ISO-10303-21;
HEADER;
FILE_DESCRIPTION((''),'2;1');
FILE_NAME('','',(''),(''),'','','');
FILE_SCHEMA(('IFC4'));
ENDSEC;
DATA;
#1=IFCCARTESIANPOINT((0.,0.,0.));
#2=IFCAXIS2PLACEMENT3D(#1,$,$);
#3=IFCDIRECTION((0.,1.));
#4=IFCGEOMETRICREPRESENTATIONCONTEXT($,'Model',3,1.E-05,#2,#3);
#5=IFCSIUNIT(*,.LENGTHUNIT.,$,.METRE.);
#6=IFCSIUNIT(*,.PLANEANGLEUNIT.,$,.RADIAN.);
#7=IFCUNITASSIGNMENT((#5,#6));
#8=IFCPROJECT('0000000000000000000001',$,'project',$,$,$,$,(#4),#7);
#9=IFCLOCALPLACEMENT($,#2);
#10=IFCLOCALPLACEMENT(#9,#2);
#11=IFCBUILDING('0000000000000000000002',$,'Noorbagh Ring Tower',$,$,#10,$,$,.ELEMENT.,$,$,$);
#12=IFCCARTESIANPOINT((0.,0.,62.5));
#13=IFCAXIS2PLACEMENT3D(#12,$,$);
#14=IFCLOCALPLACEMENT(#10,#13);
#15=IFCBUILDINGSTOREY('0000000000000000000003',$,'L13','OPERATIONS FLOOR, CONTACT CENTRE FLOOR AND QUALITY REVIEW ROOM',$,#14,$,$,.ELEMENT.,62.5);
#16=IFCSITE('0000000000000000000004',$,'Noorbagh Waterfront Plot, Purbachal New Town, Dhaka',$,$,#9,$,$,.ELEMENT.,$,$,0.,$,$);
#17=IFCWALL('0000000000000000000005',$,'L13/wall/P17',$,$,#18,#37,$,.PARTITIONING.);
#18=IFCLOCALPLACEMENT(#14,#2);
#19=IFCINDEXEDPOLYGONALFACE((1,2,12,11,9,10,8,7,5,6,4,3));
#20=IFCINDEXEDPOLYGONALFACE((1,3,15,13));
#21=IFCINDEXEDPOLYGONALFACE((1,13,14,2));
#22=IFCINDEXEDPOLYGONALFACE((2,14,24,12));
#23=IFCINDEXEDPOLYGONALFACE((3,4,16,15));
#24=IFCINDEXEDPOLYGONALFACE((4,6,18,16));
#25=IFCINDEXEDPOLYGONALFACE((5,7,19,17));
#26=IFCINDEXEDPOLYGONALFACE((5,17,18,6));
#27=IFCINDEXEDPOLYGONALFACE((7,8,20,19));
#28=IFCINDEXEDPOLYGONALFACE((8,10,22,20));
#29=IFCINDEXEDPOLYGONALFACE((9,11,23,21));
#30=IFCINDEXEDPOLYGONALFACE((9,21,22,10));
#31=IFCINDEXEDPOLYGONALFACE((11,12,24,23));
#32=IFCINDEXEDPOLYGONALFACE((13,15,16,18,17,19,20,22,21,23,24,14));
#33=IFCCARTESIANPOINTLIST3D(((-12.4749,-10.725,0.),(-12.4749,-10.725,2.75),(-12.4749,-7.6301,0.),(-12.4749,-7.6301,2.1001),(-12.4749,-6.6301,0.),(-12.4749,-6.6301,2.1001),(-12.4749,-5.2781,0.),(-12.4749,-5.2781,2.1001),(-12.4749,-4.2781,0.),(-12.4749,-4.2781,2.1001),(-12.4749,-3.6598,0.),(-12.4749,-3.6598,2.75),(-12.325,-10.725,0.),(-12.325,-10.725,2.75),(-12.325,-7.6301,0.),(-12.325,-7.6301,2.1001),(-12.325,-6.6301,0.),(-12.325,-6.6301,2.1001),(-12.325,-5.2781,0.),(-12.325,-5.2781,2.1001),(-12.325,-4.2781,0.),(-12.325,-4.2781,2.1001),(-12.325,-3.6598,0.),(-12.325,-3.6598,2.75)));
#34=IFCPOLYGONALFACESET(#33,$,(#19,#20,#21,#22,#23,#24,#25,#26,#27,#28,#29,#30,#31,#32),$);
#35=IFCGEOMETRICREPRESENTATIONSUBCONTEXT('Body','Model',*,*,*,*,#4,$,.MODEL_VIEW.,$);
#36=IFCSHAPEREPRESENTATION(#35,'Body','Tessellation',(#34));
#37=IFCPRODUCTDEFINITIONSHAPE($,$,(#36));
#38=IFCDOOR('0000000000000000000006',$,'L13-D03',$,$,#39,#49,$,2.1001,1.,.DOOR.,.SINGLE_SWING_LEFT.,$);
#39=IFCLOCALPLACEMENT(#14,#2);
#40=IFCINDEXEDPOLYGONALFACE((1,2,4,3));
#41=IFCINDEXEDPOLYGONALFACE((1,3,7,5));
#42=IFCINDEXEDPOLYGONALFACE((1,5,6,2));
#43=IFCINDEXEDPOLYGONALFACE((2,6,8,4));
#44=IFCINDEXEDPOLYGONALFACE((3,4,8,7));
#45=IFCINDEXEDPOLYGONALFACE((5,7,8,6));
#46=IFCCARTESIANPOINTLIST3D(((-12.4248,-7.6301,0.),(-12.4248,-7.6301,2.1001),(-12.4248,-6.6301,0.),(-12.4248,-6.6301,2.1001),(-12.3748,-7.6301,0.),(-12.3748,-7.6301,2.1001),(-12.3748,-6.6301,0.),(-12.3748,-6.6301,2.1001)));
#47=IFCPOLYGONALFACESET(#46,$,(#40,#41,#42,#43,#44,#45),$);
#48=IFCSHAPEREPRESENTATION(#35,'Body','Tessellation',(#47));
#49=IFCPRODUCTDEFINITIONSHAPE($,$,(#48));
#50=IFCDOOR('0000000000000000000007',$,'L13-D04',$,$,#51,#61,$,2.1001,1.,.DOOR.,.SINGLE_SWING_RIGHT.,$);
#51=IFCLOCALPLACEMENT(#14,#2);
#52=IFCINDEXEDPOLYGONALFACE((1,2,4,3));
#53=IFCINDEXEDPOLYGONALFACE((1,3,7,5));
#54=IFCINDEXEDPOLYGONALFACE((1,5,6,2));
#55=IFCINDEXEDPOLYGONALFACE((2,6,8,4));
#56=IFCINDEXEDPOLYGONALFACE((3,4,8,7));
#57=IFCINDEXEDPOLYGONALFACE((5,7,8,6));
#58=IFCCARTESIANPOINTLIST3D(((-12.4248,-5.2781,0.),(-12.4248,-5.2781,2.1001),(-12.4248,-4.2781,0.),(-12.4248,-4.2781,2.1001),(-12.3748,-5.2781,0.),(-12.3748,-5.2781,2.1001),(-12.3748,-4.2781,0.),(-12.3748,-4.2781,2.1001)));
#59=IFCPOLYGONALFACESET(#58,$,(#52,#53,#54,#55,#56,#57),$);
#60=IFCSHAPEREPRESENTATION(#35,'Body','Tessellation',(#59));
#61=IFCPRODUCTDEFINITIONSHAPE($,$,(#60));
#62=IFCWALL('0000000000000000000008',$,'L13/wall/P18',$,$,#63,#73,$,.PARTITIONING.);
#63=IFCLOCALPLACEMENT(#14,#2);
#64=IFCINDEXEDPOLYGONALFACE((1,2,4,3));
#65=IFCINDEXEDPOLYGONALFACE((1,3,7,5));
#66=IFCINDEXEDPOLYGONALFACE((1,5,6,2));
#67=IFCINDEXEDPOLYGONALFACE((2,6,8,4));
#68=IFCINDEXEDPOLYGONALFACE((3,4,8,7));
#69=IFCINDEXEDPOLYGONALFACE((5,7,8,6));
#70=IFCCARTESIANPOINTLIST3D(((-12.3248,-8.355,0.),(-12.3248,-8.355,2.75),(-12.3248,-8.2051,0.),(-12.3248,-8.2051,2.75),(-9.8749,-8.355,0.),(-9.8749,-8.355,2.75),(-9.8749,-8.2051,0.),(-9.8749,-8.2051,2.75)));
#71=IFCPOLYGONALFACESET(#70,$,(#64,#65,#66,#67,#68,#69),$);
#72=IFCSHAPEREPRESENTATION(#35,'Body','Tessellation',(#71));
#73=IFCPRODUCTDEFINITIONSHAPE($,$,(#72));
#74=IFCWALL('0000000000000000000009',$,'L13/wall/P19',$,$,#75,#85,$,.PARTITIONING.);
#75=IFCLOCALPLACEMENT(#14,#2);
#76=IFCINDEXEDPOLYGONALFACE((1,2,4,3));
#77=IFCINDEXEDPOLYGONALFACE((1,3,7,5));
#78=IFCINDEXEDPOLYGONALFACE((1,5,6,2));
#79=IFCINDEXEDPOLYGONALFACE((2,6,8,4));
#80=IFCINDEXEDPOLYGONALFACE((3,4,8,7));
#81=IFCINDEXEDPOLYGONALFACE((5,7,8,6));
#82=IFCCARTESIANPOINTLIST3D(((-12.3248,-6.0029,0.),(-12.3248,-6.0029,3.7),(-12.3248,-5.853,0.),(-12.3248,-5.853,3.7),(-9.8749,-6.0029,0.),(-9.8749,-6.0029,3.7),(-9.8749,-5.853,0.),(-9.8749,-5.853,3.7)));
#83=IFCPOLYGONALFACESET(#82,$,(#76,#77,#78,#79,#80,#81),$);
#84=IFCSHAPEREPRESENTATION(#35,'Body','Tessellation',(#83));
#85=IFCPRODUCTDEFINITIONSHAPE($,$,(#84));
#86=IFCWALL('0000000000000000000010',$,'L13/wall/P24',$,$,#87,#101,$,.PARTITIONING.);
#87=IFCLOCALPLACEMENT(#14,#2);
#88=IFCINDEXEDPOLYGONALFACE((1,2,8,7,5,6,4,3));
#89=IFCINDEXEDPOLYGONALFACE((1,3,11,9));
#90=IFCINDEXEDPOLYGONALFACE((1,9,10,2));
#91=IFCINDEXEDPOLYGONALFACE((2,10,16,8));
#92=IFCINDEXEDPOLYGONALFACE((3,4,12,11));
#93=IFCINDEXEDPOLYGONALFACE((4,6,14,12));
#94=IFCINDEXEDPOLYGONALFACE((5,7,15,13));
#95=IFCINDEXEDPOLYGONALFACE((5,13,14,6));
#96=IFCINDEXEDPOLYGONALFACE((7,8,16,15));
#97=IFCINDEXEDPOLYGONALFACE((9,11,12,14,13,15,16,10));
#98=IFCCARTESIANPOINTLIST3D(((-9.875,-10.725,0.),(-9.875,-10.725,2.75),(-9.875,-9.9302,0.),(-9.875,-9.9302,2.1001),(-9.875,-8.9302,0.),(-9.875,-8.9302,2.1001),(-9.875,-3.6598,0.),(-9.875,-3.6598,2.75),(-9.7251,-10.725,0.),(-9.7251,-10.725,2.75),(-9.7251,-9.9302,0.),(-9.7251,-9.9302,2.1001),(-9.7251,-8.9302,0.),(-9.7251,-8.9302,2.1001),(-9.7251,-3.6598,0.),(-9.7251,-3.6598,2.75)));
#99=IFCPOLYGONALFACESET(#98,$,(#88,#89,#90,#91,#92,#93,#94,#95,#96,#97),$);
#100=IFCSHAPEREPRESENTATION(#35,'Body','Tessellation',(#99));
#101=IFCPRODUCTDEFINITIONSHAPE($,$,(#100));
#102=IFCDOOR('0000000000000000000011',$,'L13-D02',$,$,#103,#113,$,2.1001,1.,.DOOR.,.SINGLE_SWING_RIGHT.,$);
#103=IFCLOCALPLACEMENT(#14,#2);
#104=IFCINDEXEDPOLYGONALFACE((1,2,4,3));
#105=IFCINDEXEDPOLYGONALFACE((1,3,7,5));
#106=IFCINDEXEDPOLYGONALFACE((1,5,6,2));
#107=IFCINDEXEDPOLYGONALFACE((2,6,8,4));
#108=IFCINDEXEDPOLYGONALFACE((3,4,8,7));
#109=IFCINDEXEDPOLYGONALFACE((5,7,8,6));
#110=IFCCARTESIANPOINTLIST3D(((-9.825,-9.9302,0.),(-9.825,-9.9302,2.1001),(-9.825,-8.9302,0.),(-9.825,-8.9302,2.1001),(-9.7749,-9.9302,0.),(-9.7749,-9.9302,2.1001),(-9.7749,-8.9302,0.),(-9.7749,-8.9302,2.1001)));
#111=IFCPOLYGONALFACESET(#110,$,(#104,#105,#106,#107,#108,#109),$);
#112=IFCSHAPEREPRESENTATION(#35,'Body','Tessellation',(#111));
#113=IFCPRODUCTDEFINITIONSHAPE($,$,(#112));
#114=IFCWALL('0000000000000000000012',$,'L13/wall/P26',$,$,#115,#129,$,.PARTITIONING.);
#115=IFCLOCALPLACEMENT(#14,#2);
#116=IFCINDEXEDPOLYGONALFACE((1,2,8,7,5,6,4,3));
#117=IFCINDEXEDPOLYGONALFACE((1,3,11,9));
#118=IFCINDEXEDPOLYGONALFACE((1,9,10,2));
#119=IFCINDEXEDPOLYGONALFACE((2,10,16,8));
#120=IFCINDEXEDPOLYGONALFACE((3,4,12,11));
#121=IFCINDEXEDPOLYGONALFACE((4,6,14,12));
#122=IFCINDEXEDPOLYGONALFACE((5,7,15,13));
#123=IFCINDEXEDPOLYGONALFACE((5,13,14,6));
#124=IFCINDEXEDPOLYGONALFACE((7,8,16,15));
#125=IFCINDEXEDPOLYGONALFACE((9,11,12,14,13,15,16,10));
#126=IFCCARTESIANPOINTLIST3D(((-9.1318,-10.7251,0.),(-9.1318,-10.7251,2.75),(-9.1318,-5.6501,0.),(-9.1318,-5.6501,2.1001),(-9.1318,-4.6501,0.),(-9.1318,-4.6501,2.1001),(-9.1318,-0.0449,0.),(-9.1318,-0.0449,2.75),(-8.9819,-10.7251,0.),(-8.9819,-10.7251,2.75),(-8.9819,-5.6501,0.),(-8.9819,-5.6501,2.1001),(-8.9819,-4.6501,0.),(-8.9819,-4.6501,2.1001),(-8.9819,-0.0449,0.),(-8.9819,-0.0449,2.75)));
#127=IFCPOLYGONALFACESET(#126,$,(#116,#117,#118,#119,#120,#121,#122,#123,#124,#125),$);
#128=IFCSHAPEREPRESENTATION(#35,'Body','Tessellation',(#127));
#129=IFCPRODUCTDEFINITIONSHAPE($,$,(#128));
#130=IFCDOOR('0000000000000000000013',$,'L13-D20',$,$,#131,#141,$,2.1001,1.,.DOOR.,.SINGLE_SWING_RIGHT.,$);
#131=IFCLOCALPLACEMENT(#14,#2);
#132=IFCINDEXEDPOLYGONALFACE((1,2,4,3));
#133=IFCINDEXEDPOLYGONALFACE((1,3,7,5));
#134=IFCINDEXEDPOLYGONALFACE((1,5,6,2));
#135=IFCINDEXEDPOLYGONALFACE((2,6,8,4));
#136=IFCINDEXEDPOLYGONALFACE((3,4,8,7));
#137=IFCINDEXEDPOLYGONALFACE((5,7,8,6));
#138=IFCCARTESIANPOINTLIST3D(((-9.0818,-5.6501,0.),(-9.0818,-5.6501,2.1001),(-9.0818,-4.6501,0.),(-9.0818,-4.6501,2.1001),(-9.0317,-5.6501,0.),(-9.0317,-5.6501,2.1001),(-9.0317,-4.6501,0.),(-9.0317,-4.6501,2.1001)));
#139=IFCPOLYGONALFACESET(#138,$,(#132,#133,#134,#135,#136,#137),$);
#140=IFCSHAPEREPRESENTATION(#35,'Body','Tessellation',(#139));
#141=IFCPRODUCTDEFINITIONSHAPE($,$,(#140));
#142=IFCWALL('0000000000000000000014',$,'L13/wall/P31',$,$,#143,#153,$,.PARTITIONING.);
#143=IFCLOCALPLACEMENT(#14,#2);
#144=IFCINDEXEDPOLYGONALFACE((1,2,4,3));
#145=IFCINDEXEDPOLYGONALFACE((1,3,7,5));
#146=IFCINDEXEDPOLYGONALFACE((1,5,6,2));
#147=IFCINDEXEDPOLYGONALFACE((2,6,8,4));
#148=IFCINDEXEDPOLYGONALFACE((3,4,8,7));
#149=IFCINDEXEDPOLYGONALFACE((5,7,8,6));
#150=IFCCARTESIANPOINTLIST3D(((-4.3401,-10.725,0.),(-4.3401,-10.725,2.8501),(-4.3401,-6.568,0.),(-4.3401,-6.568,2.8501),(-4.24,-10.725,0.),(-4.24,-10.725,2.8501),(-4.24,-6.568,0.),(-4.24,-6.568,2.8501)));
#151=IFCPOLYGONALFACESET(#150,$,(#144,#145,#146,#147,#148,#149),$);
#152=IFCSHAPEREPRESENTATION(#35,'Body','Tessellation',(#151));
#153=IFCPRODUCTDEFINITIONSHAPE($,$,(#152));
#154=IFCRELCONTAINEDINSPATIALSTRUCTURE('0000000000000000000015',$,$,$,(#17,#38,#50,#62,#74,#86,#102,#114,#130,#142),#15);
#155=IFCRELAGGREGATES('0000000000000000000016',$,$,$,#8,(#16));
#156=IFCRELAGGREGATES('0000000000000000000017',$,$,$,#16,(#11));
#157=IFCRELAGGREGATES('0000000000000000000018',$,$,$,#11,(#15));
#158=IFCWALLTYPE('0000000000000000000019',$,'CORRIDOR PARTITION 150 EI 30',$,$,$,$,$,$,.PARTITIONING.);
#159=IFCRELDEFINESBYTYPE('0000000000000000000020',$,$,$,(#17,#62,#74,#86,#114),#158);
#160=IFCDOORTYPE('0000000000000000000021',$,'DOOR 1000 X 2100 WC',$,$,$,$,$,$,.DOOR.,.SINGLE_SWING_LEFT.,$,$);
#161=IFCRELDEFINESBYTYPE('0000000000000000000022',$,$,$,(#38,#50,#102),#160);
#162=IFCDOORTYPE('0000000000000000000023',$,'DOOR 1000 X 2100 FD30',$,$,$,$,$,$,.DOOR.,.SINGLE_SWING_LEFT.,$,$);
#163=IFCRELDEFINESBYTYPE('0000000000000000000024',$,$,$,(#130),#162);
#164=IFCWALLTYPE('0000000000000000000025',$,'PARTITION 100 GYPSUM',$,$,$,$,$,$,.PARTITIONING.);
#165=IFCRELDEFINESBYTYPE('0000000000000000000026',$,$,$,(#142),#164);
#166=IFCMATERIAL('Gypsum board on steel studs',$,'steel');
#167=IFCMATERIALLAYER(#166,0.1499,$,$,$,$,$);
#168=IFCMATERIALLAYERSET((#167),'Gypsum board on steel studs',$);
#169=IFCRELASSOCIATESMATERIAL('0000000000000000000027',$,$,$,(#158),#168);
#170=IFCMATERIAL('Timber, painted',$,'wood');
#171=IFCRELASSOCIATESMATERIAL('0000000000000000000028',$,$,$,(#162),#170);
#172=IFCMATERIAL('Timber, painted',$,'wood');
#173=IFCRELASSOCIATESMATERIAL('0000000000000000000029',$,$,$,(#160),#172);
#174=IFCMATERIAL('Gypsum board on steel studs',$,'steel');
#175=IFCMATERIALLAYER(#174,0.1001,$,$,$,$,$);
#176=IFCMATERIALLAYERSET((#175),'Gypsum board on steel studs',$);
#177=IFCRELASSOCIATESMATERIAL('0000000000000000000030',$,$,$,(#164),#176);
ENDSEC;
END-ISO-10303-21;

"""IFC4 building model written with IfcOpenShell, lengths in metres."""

from ifc_helpers import new_model, si_unit, direction, frame, frame_2d, origin, place, context, subcontext, project, spatial, rectangle, extrude, material, layer, layer_set, type_object, element, fill, save


model = new_model("IFC4")

# Units and contexts
model_context = context("Model", 3, precision=1e-05, world=origin(), true_north=direction((0.0, 1.0)))
body_context = subcontext(model_context, "Body", "Model", "MODEL_VIEW")
ifc_project = project(units=[si_unit("LENGTHUNIT", "METRE"), si_unit("PLANEANGLEUNIT", "RADIAN")], contexts=[model_context])

# Site, building, storey
site_placement = place(None, origin())
site = spatial("IfcSite", under=ifc_project, at=site_placement, Name="Noorbagh Waterfront Plot, Purbachal New Town, Dhaka", CompositionType="ELEMENT", RefElevation=0.0)
building_placement = place(site_placement, origin())
building = spatial("IfcBuilding", under=site, at=building_placement, Name="Noorbagh Ring Tower", CompositionType="ELEMENT")
storey_placement = place(building_placement, frame((0.0, 0.0, 62.5)))
storey = spatial("IfcBuildingStorey", under=building, at=storey_placement, Name="L13", Description="OPERATIONS FLOOR, CONTACT CENTRE FLOOR AND QUALITY REVIEW ROOM", CompositionType="ELEMENT", Elevation=62.5)

# Shared definitions
ifc_material_1 = material(Name="Gypsum board on steel studs", Category="steel")
ifc_layer_1 = layer(ifc_material_1, 0.1499)
ifc_layer_set_1 = layer_set([ifc_layer_1], Name="Gypsum board on steel studs")
wall_type_1 = type_object("IfcWallType", Name="CORRIDOR PARTITION 150 EI 30", PredefinedType="PARTITIONING", material=ifc_layer_set_1)
ifc_material_2 = material(Name="Timber, painted", Category="wood")
door_type_1 = type_object("IfcDoorType", Name="DOOR 1000 X 2100 FD30", OperationType="SINGLE_SWING_LEFT", PredefinedType="DOOR", material=ifc_material_2)

# Wall, openings, doors
wall_1_placement = place(storey_placement, frame((-12.3999, -10.7251, 0.0), z_axis=(0.0, 0.0, 1.0), x_axis=(0.0, 1.0, 0.0)))
wall_1 = element("IfcWall", 1, at=wall_1_placement, inside=storey, type_object=wall_type_1, Name="L13/wall/P17", PredefinedType="PARTITIONING", context=body_context, shape_type="SweptSolid", body=[
    extrude(rectangle(XDim=7.0652, YDim=0.1499, at=frame_2d((3.5327, 0.0))), origin(), (0.0, 0.0, 1.0), 2.75),
])
opening_1_placement = place(wall_1_placement, frame((3.095, 0.0, 0.0)))
opening_1 = element("IfcOpeningElement", 2, at=opening_1_placement, cuts=wall_1, PredefinedType="OPENING", context=body_context, shape_type="SweptSolid", body=[
    extrude(rectangle(XDim=1.0, YDim=2.1001, at=frame_2d((0.5, 1.05))), frame((0.0, 0.085, 0.0), z_axis=(0.0, -1.0, 0.0), x_axis=(1.0, 0.0, 0.0)), (0.0, 0.0, 1.0), 0.1699),
])
opening_2_placement = place(wall_1_placement, frame((5.447, 0.0, 0.0)))
opening_2 = element("IfcOpeningElement", 3, at=opening_2_placement, cuts=wall_1, PredefinedType="OPENING", context=body_context, shape_type="SweptSolid", body=[
    extrude(rectangle(XDim=1.0, YDim=2.1001, at=frame_2d((0.5, 1.05))), frame((0.0, 0.085, 0.0), z_axis=(0.0, -1.0, 0.0), x_axis=(1.0, 0.0, 0.0)), (0.0, 0.0, 1.0), 0.1699),
])
ifc_material_3 = material(Name="Timber, painted", Category="wood")
door_type_2 = type_object("IfcDoorType", Name="DOOR 1000 X 2100 WC", OperationType="SINGLE_SWING_LEFT", PredefinedType="DOOR", material=ifc_material_3)
door_1_placement = place(opening_1_placement, origin())
door_1 = element("IfcDoor", 4, at=door_1_placement, inside=storey, type_object=door_type_2, Name="L13-D03", OperationType="SINGLE_SWING_LEFT", OverallHeight=2.1001, OverallWidth=1.0, PredefinedType="DOOR", context=body_context, shape_type="SweptSolid", body=[
    extrude(rectangle(XDim=1.0, YDim=2.1001, at=frame_2d((0.5, 1.05))), frame((0.0, 0.0249, 0.0), z_axis=(0.0, -1.0, 0.0), x_axis=(1.0, 0.0, 0.0)), (0.0, 0.0, 1.0), 0.05),
])
fill(opening_1, door_1)
door_2_placement = place(opening_2_placement, origin())
door_2 = element("IfcDoor", 5, at=door_2_placement, inside=storey, type_object=door_type_2, Name="L13-D04", OperationType="SINGLE_SWING_RIGHT", OverallHeight=2.1001, OverallWidth=1.0, PredefinedType="DOOR", context=body_context, shape_type="SweptSolid", body=[
    extrude(rectangle(XDim=1.0, YDim=2.1001, at=frame_2d((0.5, 1.05))), frame((0.0, 0.0249, 0.0), z_axis=(0.0, -1.0, 0.0), x_axis=(1.0, 0.0, 0.0)), (0.0, 0.0, 1.0), 0.05),
])
fill(opening_2, door_2)

# Walls
wall_2_placement = place(storey_placement, frame((-12.325, -8.28, 0.0), z_axis=(0.0, 0.0, 1.0), x_axis=(1.0, 0.0, 0.0)))
element("IfcWall", 6, at=wall_2_placement, inside=storey, type_object=wall_type_1, Name="L13/wall/P18", PredefinedType="PARTITIONING", context=body_context, shape_type="SweptSolid", body=[
    extrude(rectangle(XDim=2.45, YDim=0.1499, at=frame_2d((1.2251, 0.0))), origin(), (0.0, 0.0, 1.0), 2.75),
])
wall_3_placement = place(storey_placement, frame((-12.325, -5.928, 0.0), z_axis=(0.0, 0.0, 1.0), x_axis=(1.0, 0.0, 0.0)))
element("IfcWall", 7, at=wall_3_placement, inside=storey, type_object=wall_type_1, Name="L13/wall/P19", PredefinedType="PARTITIONING", context=body_context, shape_type="SweptSolid", body=[
    extrude(rectangle(XDim=2.45, YDim=0.1499, at=frame_2d((1.2251, 0.0))), origin(), (0.0, 0.0, 1.0), 3.7),
])

# Walls, openings, doors
wall_4_placement = place(storey_placement, frame((-9.8, -10.7251, 0.0), z_axis=(0.0, 0.0, 1.0), x_axis=(0.0, 1.0, 0.0)))
wall_4 = element("IfcWall", 8, at=wall_4_placement, inside=storey, type_object=wall_type_1, Name="L13/wall/P24", PredefinedType="PARTITIONING", context=body_context, shape_type="SweptSolid", body=[
    extrude(rectangle(XDim=7.0652, YDim=0.1499, at=frame_2d((3.5327, 0.0))), origin(), (0.0, 0.0, 1.0), 2.75),
])
opening_3_placement = place(wall_4_placement, frame((0.7949, 0.0, 0.0)))
opening_3 = element("IfcOpeningElement", 9, at=opening_3_placement, cuts=wall_4, PredefinedType="OPENING", context=body_context, shape_type="SweptSolid", body=[
    extrude(rectangle(XDim=1.0, YDim=2.1001, at=frame_2d((0.5, 1.05))), frame((0.0, 0.085, 0.0), z_axis=(0.0, -1.0, 0.0), x_axis=(1.0, 0.0, 0.0)), (0.0, 0.0, 1.0), 0.1699),
])
door_3_placement = place(opening_3_placement, origin())
door_3 = element("IfcDoor", 10, at=door_3_placement, inside=storey, type_object=door_type_2, Name="L13-D02", OperationType="SINGLE_SWING_RIGHT", OverallHeight=2.1001, OverallWidth=1.0, PredefinedType="DOOR", context=body_context, shape_type="SweptSolid", body=[
    extrude(rectangle(XDim=1.0, YDim=2.1001, at=frame_2d((0.5, 1.05))), frame((0.0, 0.0249, 0.0), z_axis=(0.0, -1.0, 0.0), x_axis=(1.0, 0.0, 0.0)), (0.0, 0.0, 1.0), 0.05),
])
fill(opening_3, door_3)
wall_5_placement = place(storey_placement, frame((-9.0569, -10.7251, 0.0), z_axis=(0.0, 0.0, 1.0), x_axis=(0.0, 1.0, 0.0)))
wall_5 = element("IfcWall", 11, at=wall_5_placement, inside=storey, type_object=wall_type_1, Name="L13/wall/P26", PredefinedType="PARTITIONING", context=body_context, shape_type="SweptSolid", body=[
    extrude(rectangle(XDim=10.6802, YDim=0.1499, at=frame_2d((5.3401, 0.0))), origin(), (0.0, 0.0, 1.0), 2.75),
])
opening_4_placement = place(wall_5_placement, frame((5.075, 0.0, 0.0)))
opening_4 = element("IfcOpeningElement", 12, at=opening_4_placement, cuts=wall_5, PredefinedType="OPENING", context=body_context, shape_type="SweptSolid", body=[
    extrude(rectangle(XDim=1.0, YDim=2.1001, at=frame_2d((0.5, 1.05))), frame((0.0, 0.085, 0.0), z_axis=(0.0, -1.0, 0.0), x_axis=(1.0, 0.0, 0.0)), (0.0, 0.0, 1.0), 0.1699),
])
door_4_placement = place(opening_4_placement, origin())
door_4 = element("IfcDoor", 13, at=door_4_placement, inside=storey, type_object=door_type_1, Name="L13-D20", OperationType="SINGLE_SWING_RIGHT", OverallHeight=2.1001, OverallWidth=1.0, PredefinedType="DOOR", context=body_context, shape_type="SweptSolid", body=[
    extrude(rectangle(XDim=1.0, YDim=2.1001, at=frame_2d((0.5, 1.05))), frame((0.0, 0.0249, 0.0), z_axis=(0.0, -1.0, 0.0), x_axis=(1.0, 0.0, 0.0)), (0.0, 0.0, 1.0), 0.05),
])
fill(opening_4, door_4)

# Wall
ifc_material_4 = material(Name="Gypsum board on steel studs", Category="steel")
ifc_layer_2 = layer(ifc_material_4, 0.1001)
ifc_layer_set_2 = layer_set([ifc_layer_2], Name="Gypsum board on steel studs")
wall_type_2 = type_object("IfcWallType", Name="PARTITION 100 GYPSUM", PredefinedType="PARTITIONING", material=ifc_layer_set_2)
wall_6_placement = place(storey_placement, frame((-4.29, -10.7251, 0.0), z_axis=(0.0, 0.0, 1.0), x_axis=(0.0, 1.0, 0.0)))
element("IfcWall", 14, at=wall_6_placement, inside=storey, type_object=wall_type_2, Name="L13/wall/P31", PredefinedType="PARTITIONING", context=body_context, shape_type="SweptSolid", body=[
    extrude(rectangle(XDim=4.157, YDim=0.1001, at=frame_2d((2.0786, 0.0))), origin(), (0.0, 0.0, 1.0), 2.8501),
])

save(model, "model.ifc")
